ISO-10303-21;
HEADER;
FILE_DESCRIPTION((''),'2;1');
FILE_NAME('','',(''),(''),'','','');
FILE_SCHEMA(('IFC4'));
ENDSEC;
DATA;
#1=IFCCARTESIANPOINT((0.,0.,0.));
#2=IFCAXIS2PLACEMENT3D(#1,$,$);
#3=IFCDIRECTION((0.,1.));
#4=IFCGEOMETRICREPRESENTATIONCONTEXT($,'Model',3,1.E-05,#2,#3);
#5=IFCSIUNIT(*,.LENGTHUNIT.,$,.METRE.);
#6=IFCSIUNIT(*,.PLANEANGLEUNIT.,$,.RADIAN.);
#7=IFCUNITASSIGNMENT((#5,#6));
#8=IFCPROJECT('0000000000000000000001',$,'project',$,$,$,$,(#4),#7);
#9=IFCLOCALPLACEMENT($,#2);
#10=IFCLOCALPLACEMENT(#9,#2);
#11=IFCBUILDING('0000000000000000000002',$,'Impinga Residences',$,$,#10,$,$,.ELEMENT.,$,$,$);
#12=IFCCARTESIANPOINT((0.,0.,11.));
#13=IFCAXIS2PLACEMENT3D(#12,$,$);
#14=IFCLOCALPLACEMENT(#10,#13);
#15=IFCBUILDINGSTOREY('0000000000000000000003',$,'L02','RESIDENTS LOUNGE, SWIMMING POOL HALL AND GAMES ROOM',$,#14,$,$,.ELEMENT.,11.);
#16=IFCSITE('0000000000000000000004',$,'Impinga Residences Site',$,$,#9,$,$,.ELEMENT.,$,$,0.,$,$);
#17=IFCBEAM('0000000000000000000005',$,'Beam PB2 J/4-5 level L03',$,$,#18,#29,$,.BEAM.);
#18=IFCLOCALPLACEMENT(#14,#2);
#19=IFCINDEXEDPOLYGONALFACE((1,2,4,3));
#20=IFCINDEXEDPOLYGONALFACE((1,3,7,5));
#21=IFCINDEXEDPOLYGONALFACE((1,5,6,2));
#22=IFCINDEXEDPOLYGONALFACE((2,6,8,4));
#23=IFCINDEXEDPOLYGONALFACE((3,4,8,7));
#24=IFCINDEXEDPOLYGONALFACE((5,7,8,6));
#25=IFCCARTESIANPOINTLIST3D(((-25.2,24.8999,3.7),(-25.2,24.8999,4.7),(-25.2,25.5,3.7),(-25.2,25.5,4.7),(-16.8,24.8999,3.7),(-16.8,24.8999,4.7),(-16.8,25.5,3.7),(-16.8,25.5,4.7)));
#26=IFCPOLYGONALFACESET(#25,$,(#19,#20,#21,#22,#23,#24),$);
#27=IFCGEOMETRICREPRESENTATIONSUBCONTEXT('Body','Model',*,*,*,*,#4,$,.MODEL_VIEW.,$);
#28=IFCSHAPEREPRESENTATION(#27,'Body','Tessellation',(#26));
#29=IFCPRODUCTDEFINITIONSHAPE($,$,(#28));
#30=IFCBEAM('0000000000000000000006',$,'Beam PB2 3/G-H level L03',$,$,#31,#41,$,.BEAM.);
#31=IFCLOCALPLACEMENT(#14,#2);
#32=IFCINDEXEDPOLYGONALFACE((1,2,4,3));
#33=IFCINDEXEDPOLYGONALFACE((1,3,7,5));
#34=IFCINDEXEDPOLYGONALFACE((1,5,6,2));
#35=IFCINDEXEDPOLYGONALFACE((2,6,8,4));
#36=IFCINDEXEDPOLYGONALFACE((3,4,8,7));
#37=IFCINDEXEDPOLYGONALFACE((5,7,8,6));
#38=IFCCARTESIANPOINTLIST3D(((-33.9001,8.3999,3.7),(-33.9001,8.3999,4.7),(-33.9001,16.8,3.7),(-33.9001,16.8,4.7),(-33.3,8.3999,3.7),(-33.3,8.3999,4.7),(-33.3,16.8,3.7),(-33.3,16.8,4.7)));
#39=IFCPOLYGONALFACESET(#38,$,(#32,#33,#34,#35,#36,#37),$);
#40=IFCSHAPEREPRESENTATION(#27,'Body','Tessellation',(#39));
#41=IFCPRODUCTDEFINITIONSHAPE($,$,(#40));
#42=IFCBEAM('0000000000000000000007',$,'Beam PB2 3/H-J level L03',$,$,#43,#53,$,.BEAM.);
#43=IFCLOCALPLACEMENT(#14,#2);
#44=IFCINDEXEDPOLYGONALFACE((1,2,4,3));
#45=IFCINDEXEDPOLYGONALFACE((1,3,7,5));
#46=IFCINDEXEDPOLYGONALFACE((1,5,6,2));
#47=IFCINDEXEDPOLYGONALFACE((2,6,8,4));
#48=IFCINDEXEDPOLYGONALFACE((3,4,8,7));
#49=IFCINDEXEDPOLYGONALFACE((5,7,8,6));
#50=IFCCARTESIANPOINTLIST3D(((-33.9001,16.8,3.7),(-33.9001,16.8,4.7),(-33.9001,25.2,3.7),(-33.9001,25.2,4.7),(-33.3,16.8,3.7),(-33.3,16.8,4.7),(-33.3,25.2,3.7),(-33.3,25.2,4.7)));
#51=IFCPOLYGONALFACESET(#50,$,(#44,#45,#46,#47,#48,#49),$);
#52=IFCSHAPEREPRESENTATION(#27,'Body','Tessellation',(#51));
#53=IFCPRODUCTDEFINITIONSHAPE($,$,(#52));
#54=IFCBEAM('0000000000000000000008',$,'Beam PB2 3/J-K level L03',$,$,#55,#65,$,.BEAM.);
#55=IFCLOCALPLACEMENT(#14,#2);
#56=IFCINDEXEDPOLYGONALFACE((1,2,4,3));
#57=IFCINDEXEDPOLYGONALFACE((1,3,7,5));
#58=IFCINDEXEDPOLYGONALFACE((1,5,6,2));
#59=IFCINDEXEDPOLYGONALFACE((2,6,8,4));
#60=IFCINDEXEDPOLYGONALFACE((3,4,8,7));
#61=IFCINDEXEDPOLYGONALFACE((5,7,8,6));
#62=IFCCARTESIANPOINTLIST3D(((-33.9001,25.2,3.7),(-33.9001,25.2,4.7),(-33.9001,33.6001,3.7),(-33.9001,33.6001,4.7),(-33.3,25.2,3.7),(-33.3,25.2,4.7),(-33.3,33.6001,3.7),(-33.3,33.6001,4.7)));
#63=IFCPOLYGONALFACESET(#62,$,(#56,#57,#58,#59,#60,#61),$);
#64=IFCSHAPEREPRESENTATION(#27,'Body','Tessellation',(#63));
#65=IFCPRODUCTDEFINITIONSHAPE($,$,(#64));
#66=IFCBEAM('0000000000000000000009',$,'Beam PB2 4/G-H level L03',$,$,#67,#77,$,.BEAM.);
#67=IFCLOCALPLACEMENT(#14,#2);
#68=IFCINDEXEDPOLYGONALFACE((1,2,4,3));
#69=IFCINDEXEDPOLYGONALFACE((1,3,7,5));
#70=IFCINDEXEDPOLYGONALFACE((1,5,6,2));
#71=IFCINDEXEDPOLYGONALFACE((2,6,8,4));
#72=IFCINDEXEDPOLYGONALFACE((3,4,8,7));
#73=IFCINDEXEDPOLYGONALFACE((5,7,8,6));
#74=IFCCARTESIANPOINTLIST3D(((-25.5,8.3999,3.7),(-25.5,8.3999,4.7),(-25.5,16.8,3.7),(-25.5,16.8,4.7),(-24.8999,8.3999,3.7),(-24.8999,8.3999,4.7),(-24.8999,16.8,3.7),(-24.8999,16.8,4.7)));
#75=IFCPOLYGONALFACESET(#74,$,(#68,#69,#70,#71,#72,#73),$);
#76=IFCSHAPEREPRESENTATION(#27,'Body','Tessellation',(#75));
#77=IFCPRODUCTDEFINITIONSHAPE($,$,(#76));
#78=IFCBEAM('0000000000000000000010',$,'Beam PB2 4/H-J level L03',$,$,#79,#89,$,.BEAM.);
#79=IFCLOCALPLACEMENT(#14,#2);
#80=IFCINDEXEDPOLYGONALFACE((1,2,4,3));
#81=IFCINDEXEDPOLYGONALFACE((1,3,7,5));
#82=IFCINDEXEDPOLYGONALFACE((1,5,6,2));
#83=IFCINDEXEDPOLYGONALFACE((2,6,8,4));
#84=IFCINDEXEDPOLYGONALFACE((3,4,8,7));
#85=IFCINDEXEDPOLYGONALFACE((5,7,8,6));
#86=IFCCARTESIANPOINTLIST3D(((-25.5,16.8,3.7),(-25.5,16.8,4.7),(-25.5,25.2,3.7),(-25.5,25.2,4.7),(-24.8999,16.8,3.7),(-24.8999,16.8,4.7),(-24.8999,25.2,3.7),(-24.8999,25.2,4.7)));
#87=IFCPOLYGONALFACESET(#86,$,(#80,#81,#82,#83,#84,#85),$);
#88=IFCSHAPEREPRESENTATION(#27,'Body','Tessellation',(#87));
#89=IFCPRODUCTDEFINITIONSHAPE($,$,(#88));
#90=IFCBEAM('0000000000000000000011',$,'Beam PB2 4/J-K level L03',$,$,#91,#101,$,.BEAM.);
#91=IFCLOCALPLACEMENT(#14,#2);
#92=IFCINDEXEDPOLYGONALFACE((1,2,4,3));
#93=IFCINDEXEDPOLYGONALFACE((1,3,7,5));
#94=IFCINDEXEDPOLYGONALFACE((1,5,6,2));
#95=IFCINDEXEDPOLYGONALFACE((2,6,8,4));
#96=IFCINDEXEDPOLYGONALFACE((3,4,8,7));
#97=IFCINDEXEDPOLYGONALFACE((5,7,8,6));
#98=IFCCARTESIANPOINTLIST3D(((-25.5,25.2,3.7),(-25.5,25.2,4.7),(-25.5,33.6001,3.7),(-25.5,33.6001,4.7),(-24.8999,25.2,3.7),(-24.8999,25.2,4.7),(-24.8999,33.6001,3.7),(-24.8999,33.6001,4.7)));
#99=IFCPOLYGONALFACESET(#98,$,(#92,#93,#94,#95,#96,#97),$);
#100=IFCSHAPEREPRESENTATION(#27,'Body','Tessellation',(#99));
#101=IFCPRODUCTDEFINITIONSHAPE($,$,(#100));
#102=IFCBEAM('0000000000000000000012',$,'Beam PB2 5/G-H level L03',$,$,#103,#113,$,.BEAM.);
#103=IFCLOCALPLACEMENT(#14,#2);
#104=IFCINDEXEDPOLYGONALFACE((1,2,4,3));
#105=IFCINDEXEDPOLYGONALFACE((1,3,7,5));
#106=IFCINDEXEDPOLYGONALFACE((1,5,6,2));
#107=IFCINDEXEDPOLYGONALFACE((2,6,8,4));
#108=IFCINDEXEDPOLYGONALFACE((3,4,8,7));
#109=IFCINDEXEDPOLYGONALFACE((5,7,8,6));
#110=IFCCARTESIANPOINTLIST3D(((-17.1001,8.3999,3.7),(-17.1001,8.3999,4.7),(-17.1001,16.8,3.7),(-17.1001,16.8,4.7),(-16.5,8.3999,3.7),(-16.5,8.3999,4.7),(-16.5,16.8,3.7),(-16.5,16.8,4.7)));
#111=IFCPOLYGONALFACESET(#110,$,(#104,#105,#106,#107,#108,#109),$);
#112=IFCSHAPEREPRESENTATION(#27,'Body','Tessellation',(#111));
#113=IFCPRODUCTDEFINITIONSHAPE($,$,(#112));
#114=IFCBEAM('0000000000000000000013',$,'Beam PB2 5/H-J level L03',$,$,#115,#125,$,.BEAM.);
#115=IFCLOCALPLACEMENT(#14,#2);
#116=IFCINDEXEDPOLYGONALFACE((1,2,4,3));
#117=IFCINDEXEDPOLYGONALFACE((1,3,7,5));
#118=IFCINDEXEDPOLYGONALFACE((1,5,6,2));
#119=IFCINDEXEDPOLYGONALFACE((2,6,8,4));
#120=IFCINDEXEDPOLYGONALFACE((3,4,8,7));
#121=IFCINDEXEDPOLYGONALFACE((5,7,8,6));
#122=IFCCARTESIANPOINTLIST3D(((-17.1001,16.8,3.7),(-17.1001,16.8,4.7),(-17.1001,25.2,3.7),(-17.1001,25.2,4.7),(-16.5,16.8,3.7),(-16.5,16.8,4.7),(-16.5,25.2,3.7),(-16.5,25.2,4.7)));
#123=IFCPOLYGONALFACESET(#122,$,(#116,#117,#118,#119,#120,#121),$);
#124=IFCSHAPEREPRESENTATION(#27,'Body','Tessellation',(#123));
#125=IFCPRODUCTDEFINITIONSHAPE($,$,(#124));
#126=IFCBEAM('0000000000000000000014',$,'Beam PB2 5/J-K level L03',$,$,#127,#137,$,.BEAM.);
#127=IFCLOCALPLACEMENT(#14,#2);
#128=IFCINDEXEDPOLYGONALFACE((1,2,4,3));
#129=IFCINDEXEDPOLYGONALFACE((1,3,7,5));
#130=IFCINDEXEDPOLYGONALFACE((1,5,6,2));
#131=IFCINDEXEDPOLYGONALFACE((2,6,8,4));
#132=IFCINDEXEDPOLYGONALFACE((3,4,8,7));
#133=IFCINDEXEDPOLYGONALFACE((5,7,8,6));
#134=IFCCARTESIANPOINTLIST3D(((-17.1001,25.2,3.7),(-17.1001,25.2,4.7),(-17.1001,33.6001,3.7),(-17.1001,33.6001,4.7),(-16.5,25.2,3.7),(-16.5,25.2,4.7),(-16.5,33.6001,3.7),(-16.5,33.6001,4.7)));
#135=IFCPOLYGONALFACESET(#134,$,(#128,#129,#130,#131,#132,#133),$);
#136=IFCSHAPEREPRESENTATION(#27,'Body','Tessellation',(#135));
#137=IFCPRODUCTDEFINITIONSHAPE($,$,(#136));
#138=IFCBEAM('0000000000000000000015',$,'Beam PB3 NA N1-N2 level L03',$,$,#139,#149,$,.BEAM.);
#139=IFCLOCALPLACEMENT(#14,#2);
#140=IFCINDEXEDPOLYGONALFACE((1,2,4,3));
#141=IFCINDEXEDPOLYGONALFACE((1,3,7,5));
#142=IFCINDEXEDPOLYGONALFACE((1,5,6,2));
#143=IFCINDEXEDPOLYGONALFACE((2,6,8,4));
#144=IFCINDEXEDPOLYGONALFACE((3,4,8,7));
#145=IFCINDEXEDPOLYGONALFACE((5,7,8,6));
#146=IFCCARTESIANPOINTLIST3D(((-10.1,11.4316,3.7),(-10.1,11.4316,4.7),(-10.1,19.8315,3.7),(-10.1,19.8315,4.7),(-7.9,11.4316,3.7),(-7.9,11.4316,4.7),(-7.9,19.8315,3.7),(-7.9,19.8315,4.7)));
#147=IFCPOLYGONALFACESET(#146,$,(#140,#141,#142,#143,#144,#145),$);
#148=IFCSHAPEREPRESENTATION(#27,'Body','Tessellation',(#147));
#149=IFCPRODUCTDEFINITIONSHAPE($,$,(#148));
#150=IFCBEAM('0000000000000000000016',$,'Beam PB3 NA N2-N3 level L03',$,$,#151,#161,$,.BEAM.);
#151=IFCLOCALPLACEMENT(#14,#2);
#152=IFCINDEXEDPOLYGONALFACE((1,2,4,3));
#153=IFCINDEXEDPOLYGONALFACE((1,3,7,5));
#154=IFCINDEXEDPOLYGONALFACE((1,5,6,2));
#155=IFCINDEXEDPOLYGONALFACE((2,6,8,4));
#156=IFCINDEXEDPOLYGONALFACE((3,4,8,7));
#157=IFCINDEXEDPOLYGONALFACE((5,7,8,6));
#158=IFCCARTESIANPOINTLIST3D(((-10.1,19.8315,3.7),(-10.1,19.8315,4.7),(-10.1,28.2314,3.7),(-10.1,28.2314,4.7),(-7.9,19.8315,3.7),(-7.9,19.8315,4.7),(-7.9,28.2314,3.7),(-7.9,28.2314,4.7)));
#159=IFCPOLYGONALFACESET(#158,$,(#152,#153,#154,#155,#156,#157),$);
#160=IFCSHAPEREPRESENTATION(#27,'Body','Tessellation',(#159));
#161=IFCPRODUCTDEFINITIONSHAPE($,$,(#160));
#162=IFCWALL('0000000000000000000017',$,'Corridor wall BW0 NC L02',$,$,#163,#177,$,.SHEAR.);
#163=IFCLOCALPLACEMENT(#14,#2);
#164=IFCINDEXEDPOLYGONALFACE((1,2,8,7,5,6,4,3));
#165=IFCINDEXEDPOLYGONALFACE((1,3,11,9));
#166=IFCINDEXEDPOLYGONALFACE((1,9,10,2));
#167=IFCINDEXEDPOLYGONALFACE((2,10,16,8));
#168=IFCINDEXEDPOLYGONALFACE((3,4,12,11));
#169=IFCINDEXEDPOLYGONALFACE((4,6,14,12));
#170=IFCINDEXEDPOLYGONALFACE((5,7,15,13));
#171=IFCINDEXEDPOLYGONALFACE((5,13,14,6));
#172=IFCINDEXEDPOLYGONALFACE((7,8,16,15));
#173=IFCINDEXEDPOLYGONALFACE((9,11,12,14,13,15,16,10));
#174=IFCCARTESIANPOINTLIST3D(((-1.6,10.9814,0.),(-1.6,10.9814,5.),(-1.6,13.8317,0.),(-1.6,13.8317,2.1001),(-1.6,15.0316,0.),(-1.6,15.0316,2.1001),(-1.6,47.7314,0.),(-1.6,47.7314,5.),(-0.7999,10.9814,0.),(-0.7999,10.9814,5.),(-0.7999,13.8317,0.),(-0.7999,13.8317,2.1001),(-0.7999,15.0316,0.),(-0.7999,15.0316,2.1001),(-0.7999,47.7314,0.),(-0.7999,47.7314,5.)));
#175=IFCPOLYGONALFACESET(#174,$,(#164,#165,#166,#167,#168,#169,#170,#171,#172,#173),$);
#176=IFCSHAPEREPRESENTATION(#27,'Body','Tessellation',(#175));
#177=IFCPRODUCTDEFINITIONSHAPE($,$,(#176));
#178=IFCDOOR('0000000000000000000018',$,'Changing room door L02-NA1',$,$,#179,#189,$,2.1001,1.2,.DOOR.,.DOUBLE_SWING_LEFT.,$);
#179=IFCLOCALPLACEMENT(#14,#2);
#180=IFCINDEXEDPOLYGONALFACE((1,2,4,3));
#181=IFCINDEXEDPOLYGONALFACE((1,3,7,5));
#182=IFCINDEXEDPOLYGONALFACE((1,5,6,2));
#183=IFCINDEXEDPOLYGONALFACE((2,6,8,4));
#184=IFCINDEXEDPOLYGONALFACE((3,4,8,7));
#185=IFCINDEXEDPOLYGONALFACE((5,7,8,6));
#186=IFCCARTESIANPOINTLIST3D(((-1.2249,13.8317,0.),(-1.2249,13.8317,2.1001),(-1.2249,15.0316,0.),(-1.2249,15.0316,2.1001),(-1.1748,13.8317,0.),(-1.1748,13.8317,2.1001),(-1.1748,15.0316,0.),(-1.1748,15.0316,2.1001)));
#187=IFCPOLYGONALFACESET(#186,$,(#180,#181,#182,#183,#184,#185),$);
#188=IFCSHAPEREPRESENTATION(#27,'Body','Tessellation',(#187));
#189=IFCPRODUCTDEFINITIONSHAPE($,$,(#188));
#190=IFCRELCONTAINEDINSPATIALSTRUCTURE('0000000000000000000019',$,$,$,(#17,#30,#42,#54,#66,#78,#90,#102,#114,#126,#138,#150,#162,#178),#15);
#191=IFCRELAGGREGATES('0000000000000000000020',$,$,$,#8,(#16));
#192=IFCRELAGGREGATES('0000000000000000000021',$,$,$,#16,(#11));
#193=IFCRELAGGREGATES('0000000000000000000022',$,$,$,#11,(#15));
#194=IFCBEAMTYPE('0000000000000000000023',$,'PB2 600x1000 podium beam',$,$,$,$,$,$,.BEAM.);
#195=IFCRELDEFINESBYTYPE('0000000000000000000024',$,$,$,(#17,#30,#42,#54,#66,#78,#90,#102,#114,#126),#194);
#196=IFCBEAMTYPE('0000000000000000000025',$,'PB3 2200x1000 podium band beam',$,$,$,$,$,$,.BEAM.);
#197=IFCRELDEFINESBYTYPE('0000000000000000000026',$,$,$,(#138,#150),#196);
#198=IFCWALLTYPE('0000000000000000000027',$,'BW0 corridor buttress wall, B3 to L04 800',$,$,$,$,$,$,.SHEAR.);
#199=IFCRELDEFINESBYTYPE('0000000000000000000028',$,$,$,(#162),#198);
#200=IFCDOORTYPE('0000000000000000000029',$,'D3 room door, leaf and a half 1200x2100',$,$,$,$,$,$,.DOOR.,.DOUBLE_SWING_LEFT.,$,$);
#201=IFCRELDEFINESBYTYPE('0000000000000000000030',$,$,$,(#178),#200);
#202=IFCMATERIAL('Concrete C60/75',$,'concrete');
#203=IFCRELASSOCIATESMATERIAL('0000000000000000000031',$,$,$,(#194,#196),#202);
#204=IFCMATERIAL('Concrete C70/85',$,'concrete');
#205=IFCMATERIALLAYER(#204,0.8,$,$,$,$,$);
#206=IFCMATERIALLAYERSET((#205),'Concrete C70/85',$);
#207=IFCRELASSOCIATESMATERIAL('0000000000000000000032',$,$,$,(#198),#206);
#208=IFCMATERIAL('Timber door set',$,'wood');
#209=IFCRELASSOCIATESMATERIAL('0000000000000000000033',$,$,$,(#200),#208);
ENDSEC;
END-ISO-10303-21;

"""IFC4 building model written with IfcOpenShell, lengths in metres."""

from ifc_helpers import new_model, si_unit, direction, frame, frame_2d, origin, origin_2d, place, context, subcontext, project, spatial, rectangle, extrude, material, layer, layer_set, material_profile, profile_set, type_object, element, fill, save


model = new_model("IFC4")

# Units and contexts
model_context = context("Model", 3, precision=1e-05, world=origin(), true_north=direction((0.0, 1.0)))
body_context = subcontext(model_context, "Body", "Model", "MODEL_VIEW")
ifc_project = project(units=[si_unit("LENGTHUNIT", "METRE"), si_unit("PLANEANGLEUNIT", "RADIAN")], contexts=[model_context])

# Site, building, storey
site_placement = place(None, origin())
site = spatial("IfcSite", under=ifc_project, at=site_placement, Name="Impinga Residences Site", CompositionType="ELEMENT", RefElevation=0.0)
building_placement = place(site_placement, origin())
building = spatial("IfcBuilding", under=site, at=building_placement, Name="Impinga Residences", CompositionType="ELEMENT")
storey_placement = place(building_placement, frame((0.0, 0.0, 11.0)))
storey = spatial("IfcBuildingStorey", under=building, at=storey_placement, Name="L02", Description="RESIDENTS LOUNGE, SWIMMING POOL HALL AND GAMES ROOM", CompositionType="ELEMENT", Elevation=11.0)

# Shared definitions
ifc_material_1 = material(Name="Concrete C70/85", Category="concrete")

# Beams
ifc_material_2 = material(Name="Concrete C60/75", Category="concrete")
ifc_material_profile_1 = material_profile(ifc_material_2, rectangle(XDim=0.6001, YDim=1.0, at=origin_2d()), Name="RC 600x1000")
ifc_profile_set_1 = profile_set([ifc_material_profile_1], Name="Concrete C60/75")
beam_type_1 = type_object("IfcBeamType", Name="PB2 600x1000 podium beam", PredefinedType="BEAM", material=ifc_profile_set_1)
beam_1_placement = place(storey_placement, frame((-25.2, 25.2, 4.2), z_axis=(1.0, 0.0, 0.0), x_axis=(0.0, 1.0, 0.0)))
element("IfcBeam", 1, at=beam_1_placement, inside=storey, type_object=beam_type_1, Name="Beam PB2 J/4-5 level L03", PredefinedType="BEAM", context=body_context, shape_type="SweptSolid", body=[
    extrude(rectangle(XDim=0.6001, YDim=1.0, at=origin_2d()), origin(), (0.0, 0.0, 1.0), 8.3999),
])
beam_2_placement = place(storey_placement, frame((-33.6001, 8.3999, 4.2), z_axis=(0.0, 1.0, 0.0), x_axis=(-1.0, 0.0, 0.0)))
element("IfcBeam", 2, at=beam_2_placement, inside=storey, type_object=beam_type_1, Name="Beam PB2 3/G-H level L03", PredefinedType="BEAM", context=body_context, shape_type="SweptSolid", body=[
    extrude(rectangle(XDim=0.6001, YDim=1.0, at=origin_2d()), origin(), (0.0, 0.0, 1.0), 8.4001),
])
beam_3_placement = place(storey_placement, frame((-33.6001, 16.8, 4.2), z_axis=(0.0, 1.0, 0.0), x_axis=(-1.0, 0.0, 0.0)))
element("IfcBeam", 3, at=beam_3_placement, inside=storey, type_object=beam_type_1, Name="Beam PB2 3/H-J level L03", PredefinedType="BEAM", context=body_context, shape_type="SweptSolid", body=[
    extrude(rectangle(XDim=0.6001, YDim=1.0, at=origin_2d()), origin(), (0.0, 0.0, 1.0), 8.3999),
])
for number, where, z_axis, x_axis, name in (
    (4, (-33.6001, 25.2, 4.2), (0.0, 1.0, 0.0), (-1.0, 0.0, 0.0), "Beam PB2 3/J-K level L03"),
    (5, (-25.2, 8.3999, 4.2), (0.0, 1.0, 0.0), (-1.0, 0.0, 0.0), "Beam PB2 4/G-H level L03"),
):
    element("IfcBeam", number, at=place(storey_placement, frame(where, z_axis=z_axis, x_axis=x_axis)), inside=storey, type_object=beam_type_1, Name=name, PredefinedType="BEAM", context=body_context, shape_type="SweptSolid", body=[
        extrude(rectangle(XDim=0.6001, YDim=1.0, at=origin_2d()), origin(), (0.0, 0.0, 1.0), 8.4001),
    ])
beam_4_placement = place(storey_placement, frame((-25.2, 16.8, 4.2), z_axis=(0.0, 1.0, 0.0), x_axis=(-1.0, 0.0, 0.0)))
element("IfcBeam", 6, at=beam_4_placement, inside=storey, type_object=beam_type_1, Name="Beam PB2 4/H-J level L03", PredefinedType="BEAM", context=body_context, shape_type="SweptSolid", body=[
    extrude(rectangle(XDim=0.6001, YDim=1.0, at=origin_2d()), origin(), (0.0, 0.0, 1.0), 8.3999),
])
for number, where, z_axis, x_axis, name in (
    (7, (-25.2, 25.2, 4.2), (0.0, 1.0, 0.0), (-1.0, 0.0, 0.0), "Beam PB2 4/J-K level L03"),
    (8, (-16.8, 8.3999, 4.2), (0.0, 1.0, 0.0), (-1.0, 0.0, 0.0), "Beam PB2 5/G-H level L03"),
):
    element("IfcBeam", number, at=place(storey_placement, frame(where, z_axis=z_axis, x_axis=x_axis)), inside=storey, type_object=beam_type_1, Name=name, PredefinedType="BEAM", context=body_context, shape_type="SweptSolid", body=[
        extrude(rectangle(XDim=0.6001, YDim=1.0, at=origin_2d()), origin(), (0.0, 0.0, 1.0), 8.4001),
    ])
beam_5_placement = place(storey_placement, frame((-16.8, 16.8, 4.2), z_axis=(0.0, 1.0, 0.0), x_axis=(-1.0, 0.0, 0.0)))
element("IfcBeam", 9, at=beam_5_placement, inside=storey, type_object=beam_type_1, Name="Beam PB2 5/H-J level L03", PredefinedType="BEAM", context=body_context, shape_type="SweptSolid", body=[
    extrude(rectangle(XDim=0.6001, YDim=1.0, at=origin_2d()), origin(), (0.0, 0.0, 1.0), 8.3999),
])
beam_6_placement = place(storey_placement, frame((-16.8, 25.2, 4.2), z_axis=(0.0, 1.0, 0.0), x_axis=(-1.0, 0.0, 0.0)))
element("IfcBeam", 10, at=beam_6_placement, inside=storey, type_object=beam_type_1, Name="Beam PB2 5/J-K level L03", PredefinedType="BEAM", context=body_context, shape_type="SweptSolid", body=[
    extrude(rectangle(XDim=0.6001, YDim=1.0, at=origin_2d()), origin(), (0.0, 0.0, 1.0), 8.4001),
])
ifc_material_profile_2 = material_profile(ifc_material_2, rectangle(XDim=2.2, YDim=1.0, at=origin_2d()), Name="RC 2200x1000")
ifc_profile_set_2 = profile_set([ifc_material_profile_2], Name="Concrete C60/75")
beam_type_2 = type_object("IfcBeamType", Name="PB3 2200x1000 podium band beam", PredefinedType="BEAM", material=ifc_profile_set_2)
for number, where, z_axis, x_axis, name in (
    (11, (-9.0, 11.4316, 4.2), (0.0, 1.0, 0.0), (-1.0, 0.0, 0.0), "Beam PB3 NA N1-N2 level L03"),
    (12, (-9.0, 19.8315, 4.2), (0.0, 1.0, 0.0), (-1.0, 0.0, 0.0), "Beam PB3 NA N2-N3 level L03"),
):
    element("IfcBeam", number, at=place(storey_placement, frame(where, z_axis=z_axis, x_axis=x_axis)), inside=storey, type_object=beam_type_2, Name=name, PredefinedType="BEAM", context=body_context, shape_type="SweptSolid", body=[
        extrude(rectangle(XDim=2.2, YDim=1.0, at=origin_2d()), origin(), (0.0, 0.0, 1.0), 8.3999),
    ])

# Wall, opening, door
ifc_layer_1 = layer(ifc_material_1, 0.8)
ifc_layer_set_1 = layer_set([ifc_layer_1], Name="Concrete C70/85")
wall_type_1 = type_object("IfcWallType", Name="BW0 corridor buttress wall, B3 to L04 800", PredefinedType="SHEAR", material=ifc_layer_set_1)
wall_1_placement = place(storey_placement, frame((-1.2, 10.9814, 0.0), z_axis=(0.0, 0.0, 1.0), x_axis=(0.0, 1.0, 0.0)))
wall_1 = element("IfcWall", 13, at=wall_1_placement, inside=storey, type_object=wall_type_1, Name="Corridor wall BW0 NC L02", PredefinedType="SHEAR", context=body_context, shape_type="SweptSolid", body=[
    extrude(rectangle(XDim=36.75, YDim=0.8, at=frame_2d((18.375, 0.0))), origin(), (0.0, 0.0, 1.0), 5.0),
])
opening_1_placement = place(wall_1_placement, frame((2.8501, 0.0, 0.0)))
opening_1 = element("IfcOpeningElement", 14, at=opening_1_placement, cuts=wall_1, PredefinedType="OPENING", context=body_context, shape_type="SweptSolid", body=[
    extrude(rectangle(XDim=1.2, YDim=2.1001, at=frame_2d((0.6001, 1.05))), frame((0.0, 0.4099, 0.0), z_axis=(0.0, -1.0, 0.0), x_axis=(1.0, 0.0, 0.0)), (0.0, 0.0, 1.0), 0.8201),
])
ifc_material_3 = material(Name="Timber door set", Category="wood")
door_type_1 = type_object("IfcDoorType", Name="D3 room door, leaf and a half 1200x2100", OperationType="DOUBLE_SWING_LEFT", PredefinedType="DOOR", material=ifc_material_3)
door_1_placement = place(opening_1_placement, origin())
door_1 = element("IfcDoor", 15, at=door_1_placement, inside=storey, type_object=door_type_1, Name="Changing room door L02-NA1", OperationType="DOUBLE_SWING_LEFT", OverallHeight=2.1001, OverallWidth=1.2, PredefinedType="DOOR", context=body_context, shape_type="SweptSolid", body=[
    extrude(rectangle(XDim=1.2, YDim=2.1001, at=frame_2d((0.6001, 1.05))), frame((0.0, 0.0249, 0.0), z_axis=(0.0, -1.0, 0.0), x_axis=(1.0, 0.0, 0.0)), (0.0, 0.0, 1.0), 0.05),
])
fill(opening_1, door_1)

save(model, "model.ifc")
